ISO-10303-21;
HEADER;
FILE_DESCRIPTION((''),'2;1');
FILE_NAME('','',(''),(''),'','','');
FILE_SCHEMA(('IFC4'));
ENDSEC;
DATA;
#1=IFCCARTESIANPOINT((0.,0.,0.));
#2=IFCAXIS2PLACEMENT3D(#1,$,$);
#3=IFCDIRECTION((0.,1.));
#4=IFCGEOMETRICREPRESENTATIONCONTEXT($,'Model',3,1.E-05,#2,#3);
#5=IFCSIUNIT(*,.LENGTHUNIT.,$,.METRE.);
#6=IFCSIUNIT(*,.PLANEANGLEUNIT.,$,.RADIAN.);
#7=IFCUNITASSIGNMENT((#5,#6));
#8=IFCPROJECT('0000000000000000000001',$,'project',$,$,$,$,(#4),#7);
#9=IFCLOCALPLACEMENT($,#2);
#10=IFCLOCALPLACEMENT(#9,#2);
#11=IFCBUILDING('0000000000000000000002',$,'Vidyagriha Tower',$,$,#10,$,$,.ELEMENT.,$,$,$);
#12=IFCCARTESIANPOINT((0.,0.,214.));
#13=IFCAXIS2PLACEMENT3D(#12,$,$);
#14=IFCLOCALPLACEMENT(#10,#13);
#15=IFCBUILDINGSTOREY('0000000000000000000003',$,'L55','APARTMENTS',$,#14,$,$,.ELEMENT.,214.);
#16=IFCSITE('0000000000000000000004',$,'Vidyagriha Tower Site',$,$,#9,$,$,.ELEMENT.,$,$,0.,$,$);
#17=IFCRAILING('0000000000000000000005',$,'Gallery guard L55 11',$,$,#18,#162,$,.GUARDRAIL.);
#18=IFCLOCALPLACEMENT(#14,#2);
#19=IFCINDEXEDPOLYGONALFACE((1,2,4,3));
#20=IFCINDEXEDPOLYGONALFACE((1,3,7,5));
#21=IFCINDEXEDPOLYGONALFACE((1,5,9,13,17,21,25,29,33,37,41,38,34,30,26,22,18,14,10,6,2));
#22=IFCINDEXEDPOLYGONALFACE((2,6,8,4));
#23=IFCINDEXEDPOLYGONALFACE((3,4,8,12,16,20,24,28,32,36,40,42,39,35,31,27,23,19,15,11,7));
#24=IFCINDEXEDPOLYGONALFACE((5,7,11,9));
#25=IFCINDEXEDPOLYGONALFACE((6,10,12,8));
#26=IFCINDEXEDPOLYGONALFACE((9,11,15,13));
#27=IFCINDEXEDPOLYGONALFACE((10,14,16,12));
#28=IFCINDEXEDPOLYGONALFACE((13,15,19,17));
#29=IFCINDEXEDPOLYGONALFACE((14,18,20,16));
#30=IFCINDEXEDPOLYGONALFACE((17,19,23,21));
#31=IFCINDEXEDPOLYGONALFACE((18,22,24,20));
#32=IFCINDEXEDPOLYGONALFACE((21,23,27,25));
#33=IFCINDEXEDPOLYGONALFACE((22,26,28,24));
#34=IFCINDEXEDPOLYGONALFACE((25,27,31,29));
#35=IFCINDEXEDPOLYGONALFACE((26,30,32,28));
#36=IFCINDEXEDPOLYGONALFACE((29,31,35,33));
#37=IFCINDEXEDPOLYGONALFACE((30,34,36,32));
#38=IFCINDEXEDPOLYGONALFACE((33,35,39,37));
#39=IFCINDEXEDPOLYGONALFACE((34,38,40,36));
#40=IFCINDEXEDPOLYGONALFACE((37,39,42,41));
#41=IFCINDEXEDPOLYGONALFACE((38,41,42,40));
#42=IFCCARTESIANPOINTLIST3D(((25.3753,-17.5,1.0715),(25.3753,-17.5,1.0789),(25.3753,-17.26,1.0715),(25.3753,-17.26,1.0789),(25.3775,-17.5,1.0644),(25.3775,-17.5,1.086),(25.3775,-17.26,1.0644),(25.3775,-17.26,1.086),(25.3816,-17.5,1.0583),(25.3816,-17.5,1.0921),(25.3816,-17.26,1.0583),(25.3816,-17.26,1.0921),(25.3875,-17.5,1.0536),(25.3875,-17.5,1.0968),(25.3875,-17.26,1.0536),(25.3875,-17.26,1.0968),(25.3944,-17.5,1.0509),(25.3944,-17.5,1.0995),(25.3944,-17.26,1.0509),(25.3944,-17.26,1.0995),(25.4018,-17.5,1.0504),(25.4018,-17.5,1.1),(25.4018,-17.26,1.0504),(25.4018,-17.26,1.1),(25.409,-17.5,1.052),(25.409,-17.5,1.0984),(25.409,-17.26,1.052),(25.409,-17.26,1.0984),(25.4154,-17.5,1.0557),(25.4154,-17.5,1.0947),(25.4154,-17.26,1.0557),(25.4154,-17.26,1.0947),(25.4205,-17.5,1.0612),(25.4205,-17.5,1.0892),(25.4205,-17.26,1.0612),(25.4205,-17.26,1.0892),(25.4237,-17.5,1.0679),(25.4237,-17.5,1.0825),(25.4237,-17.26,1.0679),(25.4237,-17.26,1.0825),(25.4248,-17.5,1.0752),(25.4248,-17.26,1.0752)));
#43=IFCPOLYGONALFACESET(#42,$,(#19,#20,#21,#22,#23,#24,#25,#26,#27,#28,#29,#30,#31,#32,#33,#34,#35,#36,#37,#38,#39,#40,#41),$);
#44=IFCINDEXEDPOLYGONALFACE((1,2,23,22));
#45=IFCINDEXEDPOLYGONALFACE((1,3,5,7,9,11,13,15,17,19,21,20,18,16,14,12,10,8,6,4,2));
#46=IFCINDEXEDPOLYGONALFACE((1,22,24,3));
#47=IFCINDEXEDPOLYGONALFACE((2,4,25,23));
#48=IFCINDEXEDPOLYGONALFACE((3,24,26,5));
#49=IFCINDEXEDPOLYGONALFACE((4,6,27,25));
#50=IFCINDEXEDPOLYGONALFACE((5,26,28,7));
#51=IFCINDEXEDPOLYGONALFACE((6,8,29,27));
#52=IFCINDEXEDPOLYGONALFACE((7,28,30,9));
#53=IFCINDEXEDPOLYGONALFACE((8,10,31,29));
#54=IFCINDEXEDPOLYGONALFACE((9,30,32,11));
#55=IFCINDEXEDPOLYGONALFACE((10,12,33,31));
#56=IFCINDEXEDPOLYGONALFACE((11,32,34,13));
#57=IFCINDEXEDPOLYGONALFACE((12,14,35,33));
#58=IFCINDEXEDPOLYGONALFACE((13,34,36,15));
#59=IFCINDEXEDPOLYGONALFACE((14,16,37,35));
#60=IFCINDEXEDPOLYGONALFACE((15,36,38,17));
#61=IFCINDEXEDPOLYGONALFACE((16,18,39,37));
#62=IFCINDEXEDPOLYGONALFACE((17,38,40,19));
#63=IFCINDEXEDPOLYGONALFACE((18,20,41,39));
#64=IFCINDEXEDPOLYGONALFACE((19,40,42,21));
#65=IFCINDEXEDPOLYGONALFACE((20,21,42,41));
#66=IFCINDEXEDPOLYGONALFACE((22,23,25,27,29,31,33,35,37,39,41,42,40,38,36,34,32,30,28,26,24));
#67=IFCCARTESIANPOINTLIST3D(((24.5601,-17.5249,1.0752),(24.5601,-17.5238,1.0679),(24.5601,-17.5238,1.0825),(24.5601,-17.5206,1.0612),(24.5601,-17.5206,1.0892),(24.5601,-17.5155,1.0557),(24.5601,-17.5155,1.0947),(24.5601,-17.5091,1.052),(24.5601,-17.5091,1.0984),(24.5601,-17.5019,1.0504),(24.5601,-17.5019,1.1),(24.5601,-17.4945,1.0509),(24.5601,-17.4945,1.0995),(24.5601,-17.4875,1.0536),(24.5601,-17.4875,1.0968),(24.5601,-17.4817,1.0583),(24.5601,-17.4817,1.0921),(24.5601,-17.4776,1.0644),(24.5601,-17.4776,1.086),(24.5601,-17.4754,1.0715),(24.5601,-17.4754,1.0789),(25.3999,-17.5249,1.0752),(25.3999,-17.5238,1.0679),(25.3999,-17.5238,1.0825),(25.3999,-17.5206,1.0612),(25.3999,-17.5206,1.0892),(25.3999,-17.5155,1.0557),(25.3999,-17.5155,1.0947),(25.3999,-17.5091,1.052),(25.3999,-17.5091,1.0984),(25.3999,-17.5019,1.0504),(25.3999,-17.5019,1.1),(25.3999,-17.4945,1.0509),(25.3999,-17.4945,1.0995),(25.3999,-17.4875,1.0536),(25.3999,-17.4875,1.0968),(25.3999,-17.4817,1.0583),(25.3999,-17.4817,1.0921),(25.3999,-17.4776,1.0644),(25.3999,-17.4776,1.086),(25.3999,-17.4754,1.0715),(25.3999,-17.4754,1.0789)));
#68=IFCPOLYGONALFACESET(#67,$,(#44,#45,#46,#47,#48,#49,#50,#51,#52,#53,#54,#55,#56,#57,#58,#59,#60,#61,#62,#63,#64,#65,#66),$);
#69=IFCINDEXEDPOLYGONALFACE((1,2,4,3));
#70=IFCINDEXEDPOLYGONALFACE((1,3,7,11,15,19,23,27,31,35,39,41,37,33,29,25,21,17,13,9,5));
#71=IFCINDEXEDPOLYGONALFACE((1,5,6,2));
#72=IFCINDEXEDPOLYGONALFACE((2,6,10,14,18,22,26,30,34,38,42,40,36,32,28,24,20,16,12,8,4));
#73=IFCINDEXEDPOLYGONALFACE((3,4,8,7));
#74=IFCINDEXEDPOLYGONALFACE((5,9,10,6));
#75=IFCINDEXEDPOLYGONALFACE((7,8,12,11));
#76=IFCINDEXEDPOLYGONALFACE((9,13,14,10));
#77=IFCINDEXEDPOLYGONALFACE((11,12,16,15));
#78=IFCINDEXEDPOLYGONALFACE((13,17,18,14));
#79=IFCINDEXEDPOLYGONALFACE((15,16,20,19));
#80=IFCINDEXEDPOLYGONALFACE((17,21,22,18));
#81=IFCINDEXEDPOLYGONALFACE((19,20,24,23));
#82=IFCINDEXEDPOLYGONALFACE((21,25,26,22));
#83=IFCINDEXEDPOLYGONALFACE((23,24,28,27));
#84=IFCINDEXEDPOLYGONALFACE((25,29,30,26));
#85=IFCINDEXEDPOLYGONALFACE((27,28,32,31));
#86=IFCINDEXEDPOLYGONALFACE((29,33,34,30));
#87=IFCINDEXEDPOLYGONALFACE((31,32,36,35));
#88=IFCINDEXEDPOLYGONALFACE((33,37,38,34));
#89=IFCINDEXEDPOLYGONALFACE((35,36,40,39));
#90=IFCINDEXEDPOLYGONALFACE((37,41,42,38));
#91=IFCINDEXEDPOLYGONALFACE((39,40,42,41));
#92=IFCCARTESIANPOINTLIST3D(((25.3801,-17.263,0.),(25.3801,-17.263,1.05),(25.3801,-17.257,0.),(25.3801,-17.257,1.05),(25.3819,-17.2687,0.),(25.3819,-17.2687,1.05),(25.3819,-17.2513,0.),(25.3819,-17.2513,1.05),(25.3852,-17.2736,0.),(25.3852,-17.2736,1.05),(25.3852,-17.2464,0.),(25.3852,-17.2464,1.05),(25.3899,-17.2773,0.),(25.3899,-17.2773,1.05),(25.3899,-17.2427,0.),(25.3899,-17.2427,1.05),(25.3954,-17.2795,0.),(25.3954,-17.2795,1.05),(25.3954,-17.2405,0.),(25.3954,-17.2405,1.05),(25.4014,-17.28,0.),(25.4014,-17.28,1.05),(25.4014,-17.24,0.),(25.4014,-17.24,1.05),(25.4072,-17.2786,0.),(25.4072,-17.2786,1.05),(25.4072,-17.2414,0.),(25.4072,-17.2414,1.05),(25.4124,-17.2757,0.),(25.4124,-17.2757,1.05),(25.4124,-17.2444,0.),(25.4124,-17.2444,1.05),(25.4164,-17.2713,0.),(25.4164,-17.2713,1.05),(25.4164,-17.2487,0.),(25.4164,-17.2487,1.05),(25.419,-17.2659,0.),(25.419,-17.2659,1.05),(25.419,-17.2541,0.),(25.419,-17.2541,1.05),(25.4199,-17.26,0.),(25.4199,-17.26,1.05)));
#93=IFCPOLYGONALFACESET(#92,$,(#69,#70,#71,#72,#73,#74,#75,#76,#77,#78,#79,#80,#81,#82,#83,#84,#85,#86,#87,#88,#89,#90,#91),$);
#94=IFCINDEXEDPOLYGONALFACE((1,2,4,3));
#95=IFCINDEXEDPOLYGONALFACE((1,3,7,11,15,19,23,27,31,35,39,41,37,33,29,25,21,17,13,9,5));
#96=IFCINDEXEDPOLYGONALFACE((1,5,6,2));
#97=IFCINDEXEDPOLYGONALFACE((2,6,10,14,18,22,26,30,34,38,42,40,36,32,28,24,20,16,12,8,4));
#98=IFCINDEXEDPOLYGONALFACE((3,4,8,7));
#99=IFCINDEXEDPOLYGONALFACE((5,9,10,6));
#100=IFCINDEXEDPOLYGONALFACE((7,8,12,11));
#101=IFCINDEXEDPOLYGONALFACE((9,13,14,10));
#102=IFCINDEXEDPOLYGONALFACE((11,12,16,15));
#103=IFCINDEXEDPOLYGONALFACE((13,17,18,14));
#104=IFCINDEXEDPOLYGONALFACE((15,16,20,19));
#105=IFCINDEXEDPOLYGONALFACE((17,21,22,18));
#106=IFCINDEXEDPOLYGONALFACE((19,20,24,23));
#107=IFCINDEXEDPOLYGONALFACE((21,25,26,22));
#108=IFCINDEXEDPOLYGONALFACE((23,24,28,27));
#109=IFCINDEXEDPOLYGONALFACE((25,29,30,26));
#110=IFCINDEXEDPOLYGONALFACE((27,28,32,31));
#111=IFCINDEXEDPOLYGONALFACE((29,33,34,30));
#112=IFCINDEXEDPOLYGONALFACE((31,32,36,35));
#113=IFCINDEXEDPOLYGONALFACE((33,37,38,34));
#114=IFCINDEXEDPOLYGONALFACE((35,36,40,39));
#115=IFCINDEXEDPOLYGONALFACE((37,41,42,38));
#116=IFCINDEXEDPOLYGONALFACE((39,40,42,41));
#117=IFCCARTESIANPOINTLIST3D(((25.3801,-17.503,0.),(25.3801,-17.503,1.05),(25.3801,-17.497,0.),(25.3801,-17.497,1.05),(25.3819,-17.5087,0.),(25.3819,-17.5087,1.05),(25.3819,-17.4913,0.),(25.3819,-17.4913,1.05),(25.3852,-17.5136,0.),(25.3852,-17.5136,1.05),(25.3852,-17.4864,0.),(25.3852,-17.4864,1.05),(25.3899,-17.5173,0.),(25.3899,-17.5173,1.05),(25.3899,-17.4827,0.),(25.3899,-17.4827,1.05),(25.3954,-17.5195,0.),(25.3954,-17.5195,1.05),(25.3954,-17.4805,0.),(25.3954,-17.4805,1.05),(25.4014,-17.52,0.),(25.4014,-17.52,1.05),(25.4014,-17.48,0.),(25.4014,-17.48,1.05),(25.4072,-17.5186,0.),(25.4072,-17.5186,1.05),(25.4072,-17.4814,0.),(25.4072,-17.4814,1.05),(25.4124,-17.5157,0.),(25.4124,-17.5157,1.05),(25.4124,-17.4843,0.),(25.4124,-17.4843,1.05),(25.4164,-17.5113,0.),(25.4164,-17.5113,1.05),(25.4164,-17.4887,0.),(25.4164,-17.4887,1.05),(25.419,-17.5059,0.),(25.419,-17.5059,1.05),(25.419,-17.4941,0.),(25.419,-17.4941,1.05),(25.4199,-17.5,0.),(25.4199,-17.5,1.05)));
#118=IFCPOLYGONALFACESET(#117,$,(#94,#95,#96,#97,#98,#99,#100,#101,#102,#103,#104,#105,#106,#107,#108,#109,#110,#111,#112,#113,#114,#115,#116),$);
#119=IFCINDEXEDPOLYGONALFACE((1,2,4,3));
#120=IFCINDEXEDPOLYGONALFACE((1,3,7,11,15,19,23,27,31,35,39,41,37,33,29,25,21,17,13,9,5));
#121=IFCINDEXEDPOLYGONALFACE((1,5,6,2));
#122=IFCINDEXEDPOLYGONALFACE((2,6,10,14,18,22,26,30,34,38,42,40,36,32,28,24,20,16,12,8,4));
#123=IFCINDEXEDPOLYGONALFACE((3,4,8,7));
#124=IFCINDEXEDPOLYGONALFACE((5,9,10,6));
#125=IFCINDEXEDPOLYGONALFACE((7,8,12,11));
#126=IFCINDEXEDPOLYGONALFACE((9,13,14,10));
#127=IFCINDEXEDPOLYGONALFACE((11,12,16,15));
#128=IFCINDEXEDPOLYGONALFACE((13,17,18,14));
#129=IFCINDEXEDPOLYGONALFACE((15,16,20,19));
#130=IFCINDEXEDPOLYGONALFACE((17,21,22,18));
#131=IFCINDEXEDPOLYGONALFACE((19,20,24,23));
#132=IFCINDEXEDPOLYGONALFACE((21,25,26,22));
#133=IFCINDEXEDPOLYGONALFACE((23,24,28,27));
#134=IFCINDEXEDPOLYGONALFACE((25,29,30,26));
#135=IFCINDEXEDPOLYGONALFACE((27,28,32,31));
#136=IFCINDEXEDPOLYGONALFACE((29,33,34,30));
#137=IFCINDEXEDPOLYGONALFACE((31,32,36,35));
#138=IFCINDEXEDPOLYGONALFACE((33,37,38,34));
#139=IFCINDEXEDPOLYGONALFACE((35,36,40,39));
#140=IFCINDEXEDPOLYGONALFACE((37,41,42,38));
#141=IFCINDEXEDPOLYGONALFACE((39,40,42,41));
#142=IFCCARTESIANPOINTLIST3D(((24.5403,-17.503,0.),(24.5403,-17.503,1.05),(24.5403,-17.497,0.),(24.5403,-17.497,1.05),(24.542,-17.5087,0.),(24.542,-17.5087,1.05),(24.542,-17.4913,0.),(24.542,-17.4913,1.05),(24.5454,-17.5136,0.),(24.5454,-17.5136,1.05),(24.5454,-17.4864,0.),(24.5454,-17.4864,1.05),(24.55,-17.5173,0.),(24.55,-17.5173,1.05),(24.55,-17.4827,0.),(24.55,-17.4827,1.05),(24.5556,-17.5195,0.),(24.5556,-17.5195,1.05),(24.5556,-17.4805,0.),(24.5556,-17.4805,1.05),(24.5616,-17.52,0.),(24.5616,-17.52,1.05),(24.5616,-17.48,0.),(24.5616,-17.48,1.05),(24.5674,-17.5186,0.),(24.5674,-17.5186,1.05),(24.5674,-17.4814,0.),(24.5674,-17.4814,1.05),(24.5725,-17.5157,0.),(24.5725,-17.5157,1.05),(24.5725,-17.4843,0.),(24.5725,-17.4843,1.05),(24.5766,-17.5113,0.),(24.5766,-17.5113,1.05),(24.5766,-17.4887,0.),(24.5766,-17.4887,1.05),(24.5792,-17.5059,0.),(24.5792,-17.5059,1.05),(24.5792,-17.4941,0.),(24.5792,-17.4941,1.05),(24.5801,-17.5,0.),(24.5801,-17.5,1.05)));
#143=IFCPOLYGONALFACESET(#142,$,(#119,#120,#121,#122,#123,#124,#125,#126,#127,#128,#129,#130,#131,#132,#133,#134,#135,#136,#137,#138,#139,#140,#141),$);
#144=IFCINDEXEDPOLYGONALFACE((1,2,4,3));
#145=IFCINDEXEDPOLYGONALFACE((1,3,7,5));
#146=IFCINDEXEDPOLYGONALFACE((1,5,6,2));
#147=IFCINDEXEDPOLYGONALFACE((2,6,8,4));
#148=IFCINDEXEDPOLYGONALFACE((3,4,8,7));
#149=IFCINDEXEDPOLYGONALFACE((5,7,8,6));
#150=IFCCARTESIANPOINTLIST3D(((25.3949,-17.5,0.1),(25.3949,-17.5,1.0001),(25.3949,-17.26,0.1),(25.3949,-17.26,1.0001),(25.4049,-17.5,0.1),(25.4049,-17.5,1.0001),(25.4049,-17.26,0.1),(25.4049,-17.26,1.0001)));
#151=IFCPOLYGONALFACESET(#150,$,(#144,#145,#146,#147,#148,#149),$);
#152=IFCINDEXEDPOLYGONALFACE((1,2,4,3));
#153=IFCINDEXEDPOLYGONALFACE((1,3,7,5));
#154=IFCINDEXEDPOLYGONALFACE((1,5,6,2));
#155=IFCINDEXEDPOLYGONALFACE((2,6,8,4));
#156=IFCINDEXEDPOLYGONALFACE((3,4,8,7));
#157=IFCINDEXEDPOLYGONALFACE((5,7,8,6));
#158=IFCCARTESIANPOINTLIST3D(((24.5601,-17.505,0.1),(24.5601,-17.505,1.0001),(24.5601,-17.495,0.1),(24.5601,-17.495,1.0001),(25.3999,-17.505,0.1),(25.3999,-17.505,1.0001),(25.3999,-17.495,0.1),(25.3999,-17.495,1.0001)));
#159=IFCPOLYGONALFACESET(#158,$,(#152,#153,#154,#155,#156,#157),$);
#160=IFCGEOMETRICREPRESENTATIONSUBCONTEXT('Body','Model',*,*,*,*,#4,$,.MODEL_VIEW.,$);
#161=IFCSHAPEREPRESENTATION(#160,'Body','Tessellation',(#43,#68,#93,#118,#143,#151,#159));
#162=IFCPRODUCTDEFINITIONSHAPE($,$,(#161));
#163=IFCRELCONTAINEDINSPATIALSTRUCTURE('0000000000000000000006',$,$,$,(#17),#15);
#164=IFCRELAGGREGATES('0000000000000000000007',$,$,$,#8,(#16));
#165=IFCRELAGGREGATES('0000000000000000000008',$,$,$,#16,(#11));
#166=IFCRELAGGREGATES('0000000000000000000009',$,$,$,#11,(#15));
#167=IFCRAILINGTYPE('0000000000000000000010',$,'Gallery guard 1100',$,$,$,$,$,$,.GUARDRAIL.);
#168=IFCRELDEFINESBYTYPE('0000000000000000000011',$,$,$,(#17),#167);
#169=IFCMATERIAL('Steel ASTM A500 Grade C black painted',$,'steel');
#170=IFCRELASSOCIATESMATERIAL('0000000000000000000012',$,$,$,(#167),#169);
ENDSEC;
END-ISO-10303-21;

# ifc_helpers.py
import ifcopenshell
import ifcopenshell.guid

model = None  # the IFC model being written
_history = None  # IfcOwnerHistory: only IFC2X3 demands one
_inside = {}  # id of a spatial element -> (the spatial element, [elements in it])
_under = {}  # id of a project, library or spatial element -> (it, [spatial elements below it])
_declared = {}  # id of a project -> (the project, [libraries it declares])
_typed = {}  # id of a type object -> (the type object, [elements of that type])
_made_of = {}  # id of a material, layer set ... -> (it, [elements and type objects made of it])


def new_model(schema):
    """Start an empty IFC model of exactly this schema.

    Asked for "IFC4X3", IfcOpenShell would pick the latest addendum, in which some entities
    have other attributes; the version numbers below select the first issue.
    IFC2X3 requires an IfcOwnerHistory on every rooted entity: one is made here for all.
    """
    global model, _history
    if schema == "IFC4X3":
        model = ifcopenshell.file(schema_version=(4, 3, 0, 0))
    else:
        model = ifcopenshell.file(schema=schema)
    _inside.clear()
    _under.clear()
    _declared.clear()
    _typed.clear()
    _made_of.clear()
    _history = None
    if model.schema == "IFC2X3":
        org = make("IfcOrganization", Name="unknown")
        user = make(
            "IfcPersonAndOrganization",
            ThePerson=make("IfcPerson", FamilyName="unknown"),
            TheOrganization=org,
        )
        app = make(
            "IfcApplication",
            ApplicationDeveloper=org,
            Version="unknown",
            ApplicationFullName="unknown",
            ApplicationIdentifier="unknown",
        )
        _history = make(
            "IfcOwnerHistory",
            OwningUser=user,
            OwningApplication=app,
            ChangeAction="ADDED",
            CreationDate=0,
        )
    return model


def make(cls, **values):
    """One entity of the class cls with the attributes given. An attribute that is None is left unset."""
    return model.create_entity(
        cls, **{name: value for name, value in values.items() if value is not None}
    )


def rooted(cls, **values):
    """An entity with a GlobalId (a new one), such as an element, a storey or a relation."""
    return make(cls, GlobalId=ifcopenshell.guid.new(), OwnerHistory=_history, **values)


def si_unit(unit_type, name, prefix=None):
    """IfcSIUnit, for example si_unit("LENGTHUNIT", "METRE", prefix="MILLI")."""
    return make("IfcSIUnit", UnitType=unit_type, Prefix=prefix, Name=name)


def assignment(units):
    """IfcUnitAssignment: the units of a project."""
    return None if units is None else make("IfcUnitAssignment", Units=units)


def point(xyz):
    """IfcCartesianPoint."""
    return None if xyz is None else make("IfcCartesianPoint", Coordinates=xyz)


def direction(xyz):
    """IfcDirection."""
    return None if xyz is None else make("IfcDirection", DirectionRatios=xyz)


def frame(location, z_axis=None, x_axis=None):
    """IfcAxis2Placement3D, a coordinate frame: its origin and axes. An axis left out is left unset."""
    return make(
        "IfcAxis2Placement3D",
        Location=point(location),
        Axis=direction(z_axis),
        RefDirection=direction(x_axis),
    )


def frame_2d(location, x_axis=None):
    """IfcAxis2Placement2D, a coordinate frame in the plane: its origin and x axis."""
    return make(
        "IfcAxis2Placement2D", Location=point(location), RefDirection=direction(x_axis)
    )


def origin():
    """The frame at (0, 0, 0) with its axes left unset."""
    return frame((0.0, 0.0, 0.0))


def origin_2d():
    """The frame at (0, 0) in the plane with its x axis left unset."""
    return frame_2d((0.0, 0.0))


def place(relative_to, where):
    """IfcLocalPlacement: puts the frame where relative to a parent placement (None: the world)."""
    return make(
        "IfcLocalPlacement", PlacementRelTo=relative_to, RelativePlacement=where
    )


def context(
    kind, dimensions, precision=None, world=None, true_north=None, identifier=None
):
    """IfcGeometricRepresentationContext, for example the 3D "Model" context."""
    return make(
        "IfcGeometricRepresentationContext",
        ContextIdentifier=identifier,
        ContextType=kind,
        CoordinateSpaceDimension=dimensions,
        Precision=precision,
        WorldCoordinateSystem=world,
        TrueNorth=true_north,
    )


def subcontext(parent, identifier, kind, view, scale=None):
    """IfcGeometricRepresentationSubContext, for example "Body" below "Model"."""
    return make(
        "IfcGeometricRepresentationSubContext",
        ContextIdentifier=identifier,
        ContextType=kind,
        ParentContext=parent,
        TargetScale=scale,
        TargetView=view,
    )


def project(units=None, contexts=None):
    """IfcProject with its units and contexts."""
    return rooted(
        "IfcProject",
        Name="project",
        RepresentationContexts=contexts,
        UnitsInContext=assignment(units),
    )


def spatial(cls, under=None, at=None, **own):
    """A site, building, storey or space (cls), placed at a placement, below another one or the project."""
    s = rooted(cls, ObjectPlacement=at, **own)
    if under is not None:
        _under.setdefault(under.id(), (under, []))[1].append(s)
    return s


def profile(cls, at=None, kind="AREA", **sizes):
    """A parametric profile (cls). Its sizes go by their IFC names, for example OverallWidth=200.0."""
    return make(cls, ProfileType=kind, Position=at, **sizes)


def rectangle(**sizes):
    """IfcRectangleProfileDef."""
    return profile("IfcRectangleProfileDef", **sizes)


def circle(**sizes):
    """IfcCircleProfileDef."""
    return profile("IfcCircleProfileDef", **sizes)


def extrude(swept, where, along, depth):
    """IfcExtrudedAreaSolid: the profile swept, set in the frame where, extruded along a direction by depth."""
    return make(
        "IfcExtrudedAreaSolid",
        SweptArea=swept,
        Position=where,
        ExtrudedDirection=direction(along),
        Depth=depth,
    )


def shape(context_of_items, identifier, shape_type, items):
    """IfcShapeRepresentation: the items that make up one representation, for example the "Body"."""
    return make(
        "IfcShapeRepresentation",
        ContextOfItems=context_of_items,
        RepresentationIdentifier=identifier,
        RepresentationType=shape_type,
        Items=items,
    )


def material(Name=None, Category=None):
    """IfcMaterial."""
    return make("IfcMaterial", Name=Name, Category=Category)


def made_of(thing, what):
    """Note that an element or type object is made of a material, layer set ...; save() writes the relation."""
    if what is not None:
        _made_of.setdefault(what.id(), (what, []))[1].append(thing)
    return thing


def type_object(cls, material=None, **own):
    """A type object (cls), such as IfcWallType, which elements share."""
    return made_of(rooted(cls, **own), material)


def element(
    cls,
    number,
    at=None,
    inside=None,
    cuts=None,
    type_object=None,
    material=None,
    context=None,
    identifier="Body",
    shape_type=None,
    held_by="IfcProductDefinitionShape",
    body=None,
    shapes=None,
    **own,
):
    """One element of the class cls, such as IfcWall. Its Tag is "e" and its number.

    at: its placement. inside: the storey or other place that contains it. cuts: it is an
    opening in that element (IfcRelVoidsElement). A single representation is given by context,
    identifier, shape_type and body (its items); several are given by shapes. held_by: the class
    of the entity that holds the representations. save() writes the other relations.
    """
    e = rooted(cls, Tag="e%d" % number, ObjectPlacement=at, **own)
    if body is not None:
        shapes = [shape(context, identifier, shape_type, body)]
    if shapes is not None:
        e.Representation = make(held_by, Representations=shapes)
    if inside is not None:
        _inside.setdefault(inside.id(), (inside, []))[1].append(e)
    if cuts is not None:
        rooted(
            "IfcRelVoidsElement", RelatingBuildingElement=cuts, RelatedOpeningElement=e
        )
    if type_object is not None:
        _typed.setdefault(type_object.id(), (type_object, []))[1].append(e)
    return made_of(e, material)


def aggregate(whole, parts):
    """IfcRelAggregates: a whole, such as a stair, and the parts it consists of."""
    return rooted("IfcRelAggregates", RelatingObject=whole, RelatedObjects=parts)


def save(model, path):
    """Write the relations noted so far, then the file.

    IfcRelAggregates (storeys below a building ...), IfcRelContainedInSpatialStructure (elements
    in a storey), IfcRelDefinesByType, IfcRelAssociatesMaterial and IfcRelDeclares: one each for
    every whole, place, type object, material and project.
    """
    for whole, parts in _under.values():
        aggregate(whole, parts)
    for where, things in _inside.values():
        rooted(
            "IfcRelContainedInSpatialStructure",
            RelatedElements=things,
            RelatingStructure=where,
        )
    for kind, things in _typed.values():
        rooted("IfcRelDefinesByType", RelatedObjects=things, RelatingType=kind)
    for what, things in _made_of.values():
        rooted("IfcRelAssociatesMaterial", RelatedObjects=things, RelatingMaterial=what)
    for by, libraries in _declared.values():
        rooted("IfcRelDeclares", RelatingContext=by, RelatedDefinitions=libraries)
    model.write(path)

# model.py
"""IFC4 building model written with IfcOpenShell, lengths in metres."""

from ifc_helpers import new_model, si_unit, direction, frame, origin, origin_2d, place, context, subcontext, project, spatial, rectangle, circle, extrude, material, type_object, element, save


model = new_model("IFC4")

# Units and contexts
model_context = context("Model", 3, precision=1e-05, world=origin(), true_north=direction((0.0, 1.0)))
body_context = subcontext(model_context, "Body", "Model", "MODEL_VIEW")
ifc_project = project(units=[si_unit("LENGTHUNIT", "METRE"), si_unit("PLANEANGLEUNIT", "RADIAN")], contexts=[model_context])

# Site, building, storey
site_placement = place(None, origin())
site = spatial("IfcSite", under=ifc_project, at=site_placement, Name="Vidyagriha Tower Site", CompositionType="ELEMENT", RefElevation=0.0)
building_placement = place(site_placement, origin())
building = spatial("IfcBuilding", under=site, at=building_placement, Name="Vidyagriha Tower", CompositionType="ELEMENT")
storey_placement = place(building_placement, frame((0.0, 0.0, 214.0)))
storey = spatial("IfcBuildingStorey", under=building, at=storey_placement, Name="L55", Description="APARTMENTS", CompositionType="ELEMENT", Elevation=214.0)

# Railing
ifc_material_1 = material(Name="Steel ASTM A500 Grade C black painted", Category="steel")
railing_type_1 = type_object("IfcRailingType", Name="Gallery guard 1100", PredefinedType="GUARDRAIL", material=ifc_material_1)
railing_1_placement = place(storey_placement, frame((25.3999, -17.26, 0.0)))
element("IfcRailing", 1, at=railing_1_placement, inside=storey, type_object=railing_type_1, Name="Gallery guard L55 11", PredefinedType="GUARDRAIL", context=body_context, shape_type="SweptSolid", body=[
    extrude(circle(Radius=0.0249, at=origin_2d()), frame((0.0, 0.0, 1.0752), z_axis=(0.0, -1.0, 0.0), x_axis=(1.0, 0.0, 0.0)), (0.0, 0.0, 1.0), 0.24),
    extrude(circle(Radius=0.0249, at=origin_2d()), frame((0.0, -0.24, 1.0752), z_axis=(-1.0, 0.0, 0.0), x_axis=(0.0, -1.0, 0.0)), (0.0, 0.0, 1.0), 0.8398),
    extrude(circle(Radius=0.02, at=origin_2d()), origin(), (0.0, 0.0, 1.0), 1.05),
    extrude(circle(Radius=0.02, at=origin_2d()), frame((0.0, -0.24, 0.0)), (0.0, 0.0, 1.0), 1.05),
    extrude(circle(Radius=0.02, at=origin_2d()), frame((-0.8398, -0.24, 0.0)), (0.0, 0.0, 1.0), 1.05),
    extrude(rectangle(XDim=0.01, YDim=0.9001, at=origin_2d()), frame((0.0, 0.0, 0.55), z_axis=(0.0, -1.0, 0.0), x_axis=(1.0, 0.0, 0.0)), (0.0, 0.0, 1.0), 0.24),
    extrude(rectangle(XDim=0.01, YDim=0.9001, at=origin_2d()), frame((0.0, -0.24, 0.55), z_axis=(-1.0, 0.0, 0.0), x_axis=(0.0, -1.0, 0.0)), (0.0, 0.0, 1.0), 0.8398),
])

save(model, "model.ifc")
